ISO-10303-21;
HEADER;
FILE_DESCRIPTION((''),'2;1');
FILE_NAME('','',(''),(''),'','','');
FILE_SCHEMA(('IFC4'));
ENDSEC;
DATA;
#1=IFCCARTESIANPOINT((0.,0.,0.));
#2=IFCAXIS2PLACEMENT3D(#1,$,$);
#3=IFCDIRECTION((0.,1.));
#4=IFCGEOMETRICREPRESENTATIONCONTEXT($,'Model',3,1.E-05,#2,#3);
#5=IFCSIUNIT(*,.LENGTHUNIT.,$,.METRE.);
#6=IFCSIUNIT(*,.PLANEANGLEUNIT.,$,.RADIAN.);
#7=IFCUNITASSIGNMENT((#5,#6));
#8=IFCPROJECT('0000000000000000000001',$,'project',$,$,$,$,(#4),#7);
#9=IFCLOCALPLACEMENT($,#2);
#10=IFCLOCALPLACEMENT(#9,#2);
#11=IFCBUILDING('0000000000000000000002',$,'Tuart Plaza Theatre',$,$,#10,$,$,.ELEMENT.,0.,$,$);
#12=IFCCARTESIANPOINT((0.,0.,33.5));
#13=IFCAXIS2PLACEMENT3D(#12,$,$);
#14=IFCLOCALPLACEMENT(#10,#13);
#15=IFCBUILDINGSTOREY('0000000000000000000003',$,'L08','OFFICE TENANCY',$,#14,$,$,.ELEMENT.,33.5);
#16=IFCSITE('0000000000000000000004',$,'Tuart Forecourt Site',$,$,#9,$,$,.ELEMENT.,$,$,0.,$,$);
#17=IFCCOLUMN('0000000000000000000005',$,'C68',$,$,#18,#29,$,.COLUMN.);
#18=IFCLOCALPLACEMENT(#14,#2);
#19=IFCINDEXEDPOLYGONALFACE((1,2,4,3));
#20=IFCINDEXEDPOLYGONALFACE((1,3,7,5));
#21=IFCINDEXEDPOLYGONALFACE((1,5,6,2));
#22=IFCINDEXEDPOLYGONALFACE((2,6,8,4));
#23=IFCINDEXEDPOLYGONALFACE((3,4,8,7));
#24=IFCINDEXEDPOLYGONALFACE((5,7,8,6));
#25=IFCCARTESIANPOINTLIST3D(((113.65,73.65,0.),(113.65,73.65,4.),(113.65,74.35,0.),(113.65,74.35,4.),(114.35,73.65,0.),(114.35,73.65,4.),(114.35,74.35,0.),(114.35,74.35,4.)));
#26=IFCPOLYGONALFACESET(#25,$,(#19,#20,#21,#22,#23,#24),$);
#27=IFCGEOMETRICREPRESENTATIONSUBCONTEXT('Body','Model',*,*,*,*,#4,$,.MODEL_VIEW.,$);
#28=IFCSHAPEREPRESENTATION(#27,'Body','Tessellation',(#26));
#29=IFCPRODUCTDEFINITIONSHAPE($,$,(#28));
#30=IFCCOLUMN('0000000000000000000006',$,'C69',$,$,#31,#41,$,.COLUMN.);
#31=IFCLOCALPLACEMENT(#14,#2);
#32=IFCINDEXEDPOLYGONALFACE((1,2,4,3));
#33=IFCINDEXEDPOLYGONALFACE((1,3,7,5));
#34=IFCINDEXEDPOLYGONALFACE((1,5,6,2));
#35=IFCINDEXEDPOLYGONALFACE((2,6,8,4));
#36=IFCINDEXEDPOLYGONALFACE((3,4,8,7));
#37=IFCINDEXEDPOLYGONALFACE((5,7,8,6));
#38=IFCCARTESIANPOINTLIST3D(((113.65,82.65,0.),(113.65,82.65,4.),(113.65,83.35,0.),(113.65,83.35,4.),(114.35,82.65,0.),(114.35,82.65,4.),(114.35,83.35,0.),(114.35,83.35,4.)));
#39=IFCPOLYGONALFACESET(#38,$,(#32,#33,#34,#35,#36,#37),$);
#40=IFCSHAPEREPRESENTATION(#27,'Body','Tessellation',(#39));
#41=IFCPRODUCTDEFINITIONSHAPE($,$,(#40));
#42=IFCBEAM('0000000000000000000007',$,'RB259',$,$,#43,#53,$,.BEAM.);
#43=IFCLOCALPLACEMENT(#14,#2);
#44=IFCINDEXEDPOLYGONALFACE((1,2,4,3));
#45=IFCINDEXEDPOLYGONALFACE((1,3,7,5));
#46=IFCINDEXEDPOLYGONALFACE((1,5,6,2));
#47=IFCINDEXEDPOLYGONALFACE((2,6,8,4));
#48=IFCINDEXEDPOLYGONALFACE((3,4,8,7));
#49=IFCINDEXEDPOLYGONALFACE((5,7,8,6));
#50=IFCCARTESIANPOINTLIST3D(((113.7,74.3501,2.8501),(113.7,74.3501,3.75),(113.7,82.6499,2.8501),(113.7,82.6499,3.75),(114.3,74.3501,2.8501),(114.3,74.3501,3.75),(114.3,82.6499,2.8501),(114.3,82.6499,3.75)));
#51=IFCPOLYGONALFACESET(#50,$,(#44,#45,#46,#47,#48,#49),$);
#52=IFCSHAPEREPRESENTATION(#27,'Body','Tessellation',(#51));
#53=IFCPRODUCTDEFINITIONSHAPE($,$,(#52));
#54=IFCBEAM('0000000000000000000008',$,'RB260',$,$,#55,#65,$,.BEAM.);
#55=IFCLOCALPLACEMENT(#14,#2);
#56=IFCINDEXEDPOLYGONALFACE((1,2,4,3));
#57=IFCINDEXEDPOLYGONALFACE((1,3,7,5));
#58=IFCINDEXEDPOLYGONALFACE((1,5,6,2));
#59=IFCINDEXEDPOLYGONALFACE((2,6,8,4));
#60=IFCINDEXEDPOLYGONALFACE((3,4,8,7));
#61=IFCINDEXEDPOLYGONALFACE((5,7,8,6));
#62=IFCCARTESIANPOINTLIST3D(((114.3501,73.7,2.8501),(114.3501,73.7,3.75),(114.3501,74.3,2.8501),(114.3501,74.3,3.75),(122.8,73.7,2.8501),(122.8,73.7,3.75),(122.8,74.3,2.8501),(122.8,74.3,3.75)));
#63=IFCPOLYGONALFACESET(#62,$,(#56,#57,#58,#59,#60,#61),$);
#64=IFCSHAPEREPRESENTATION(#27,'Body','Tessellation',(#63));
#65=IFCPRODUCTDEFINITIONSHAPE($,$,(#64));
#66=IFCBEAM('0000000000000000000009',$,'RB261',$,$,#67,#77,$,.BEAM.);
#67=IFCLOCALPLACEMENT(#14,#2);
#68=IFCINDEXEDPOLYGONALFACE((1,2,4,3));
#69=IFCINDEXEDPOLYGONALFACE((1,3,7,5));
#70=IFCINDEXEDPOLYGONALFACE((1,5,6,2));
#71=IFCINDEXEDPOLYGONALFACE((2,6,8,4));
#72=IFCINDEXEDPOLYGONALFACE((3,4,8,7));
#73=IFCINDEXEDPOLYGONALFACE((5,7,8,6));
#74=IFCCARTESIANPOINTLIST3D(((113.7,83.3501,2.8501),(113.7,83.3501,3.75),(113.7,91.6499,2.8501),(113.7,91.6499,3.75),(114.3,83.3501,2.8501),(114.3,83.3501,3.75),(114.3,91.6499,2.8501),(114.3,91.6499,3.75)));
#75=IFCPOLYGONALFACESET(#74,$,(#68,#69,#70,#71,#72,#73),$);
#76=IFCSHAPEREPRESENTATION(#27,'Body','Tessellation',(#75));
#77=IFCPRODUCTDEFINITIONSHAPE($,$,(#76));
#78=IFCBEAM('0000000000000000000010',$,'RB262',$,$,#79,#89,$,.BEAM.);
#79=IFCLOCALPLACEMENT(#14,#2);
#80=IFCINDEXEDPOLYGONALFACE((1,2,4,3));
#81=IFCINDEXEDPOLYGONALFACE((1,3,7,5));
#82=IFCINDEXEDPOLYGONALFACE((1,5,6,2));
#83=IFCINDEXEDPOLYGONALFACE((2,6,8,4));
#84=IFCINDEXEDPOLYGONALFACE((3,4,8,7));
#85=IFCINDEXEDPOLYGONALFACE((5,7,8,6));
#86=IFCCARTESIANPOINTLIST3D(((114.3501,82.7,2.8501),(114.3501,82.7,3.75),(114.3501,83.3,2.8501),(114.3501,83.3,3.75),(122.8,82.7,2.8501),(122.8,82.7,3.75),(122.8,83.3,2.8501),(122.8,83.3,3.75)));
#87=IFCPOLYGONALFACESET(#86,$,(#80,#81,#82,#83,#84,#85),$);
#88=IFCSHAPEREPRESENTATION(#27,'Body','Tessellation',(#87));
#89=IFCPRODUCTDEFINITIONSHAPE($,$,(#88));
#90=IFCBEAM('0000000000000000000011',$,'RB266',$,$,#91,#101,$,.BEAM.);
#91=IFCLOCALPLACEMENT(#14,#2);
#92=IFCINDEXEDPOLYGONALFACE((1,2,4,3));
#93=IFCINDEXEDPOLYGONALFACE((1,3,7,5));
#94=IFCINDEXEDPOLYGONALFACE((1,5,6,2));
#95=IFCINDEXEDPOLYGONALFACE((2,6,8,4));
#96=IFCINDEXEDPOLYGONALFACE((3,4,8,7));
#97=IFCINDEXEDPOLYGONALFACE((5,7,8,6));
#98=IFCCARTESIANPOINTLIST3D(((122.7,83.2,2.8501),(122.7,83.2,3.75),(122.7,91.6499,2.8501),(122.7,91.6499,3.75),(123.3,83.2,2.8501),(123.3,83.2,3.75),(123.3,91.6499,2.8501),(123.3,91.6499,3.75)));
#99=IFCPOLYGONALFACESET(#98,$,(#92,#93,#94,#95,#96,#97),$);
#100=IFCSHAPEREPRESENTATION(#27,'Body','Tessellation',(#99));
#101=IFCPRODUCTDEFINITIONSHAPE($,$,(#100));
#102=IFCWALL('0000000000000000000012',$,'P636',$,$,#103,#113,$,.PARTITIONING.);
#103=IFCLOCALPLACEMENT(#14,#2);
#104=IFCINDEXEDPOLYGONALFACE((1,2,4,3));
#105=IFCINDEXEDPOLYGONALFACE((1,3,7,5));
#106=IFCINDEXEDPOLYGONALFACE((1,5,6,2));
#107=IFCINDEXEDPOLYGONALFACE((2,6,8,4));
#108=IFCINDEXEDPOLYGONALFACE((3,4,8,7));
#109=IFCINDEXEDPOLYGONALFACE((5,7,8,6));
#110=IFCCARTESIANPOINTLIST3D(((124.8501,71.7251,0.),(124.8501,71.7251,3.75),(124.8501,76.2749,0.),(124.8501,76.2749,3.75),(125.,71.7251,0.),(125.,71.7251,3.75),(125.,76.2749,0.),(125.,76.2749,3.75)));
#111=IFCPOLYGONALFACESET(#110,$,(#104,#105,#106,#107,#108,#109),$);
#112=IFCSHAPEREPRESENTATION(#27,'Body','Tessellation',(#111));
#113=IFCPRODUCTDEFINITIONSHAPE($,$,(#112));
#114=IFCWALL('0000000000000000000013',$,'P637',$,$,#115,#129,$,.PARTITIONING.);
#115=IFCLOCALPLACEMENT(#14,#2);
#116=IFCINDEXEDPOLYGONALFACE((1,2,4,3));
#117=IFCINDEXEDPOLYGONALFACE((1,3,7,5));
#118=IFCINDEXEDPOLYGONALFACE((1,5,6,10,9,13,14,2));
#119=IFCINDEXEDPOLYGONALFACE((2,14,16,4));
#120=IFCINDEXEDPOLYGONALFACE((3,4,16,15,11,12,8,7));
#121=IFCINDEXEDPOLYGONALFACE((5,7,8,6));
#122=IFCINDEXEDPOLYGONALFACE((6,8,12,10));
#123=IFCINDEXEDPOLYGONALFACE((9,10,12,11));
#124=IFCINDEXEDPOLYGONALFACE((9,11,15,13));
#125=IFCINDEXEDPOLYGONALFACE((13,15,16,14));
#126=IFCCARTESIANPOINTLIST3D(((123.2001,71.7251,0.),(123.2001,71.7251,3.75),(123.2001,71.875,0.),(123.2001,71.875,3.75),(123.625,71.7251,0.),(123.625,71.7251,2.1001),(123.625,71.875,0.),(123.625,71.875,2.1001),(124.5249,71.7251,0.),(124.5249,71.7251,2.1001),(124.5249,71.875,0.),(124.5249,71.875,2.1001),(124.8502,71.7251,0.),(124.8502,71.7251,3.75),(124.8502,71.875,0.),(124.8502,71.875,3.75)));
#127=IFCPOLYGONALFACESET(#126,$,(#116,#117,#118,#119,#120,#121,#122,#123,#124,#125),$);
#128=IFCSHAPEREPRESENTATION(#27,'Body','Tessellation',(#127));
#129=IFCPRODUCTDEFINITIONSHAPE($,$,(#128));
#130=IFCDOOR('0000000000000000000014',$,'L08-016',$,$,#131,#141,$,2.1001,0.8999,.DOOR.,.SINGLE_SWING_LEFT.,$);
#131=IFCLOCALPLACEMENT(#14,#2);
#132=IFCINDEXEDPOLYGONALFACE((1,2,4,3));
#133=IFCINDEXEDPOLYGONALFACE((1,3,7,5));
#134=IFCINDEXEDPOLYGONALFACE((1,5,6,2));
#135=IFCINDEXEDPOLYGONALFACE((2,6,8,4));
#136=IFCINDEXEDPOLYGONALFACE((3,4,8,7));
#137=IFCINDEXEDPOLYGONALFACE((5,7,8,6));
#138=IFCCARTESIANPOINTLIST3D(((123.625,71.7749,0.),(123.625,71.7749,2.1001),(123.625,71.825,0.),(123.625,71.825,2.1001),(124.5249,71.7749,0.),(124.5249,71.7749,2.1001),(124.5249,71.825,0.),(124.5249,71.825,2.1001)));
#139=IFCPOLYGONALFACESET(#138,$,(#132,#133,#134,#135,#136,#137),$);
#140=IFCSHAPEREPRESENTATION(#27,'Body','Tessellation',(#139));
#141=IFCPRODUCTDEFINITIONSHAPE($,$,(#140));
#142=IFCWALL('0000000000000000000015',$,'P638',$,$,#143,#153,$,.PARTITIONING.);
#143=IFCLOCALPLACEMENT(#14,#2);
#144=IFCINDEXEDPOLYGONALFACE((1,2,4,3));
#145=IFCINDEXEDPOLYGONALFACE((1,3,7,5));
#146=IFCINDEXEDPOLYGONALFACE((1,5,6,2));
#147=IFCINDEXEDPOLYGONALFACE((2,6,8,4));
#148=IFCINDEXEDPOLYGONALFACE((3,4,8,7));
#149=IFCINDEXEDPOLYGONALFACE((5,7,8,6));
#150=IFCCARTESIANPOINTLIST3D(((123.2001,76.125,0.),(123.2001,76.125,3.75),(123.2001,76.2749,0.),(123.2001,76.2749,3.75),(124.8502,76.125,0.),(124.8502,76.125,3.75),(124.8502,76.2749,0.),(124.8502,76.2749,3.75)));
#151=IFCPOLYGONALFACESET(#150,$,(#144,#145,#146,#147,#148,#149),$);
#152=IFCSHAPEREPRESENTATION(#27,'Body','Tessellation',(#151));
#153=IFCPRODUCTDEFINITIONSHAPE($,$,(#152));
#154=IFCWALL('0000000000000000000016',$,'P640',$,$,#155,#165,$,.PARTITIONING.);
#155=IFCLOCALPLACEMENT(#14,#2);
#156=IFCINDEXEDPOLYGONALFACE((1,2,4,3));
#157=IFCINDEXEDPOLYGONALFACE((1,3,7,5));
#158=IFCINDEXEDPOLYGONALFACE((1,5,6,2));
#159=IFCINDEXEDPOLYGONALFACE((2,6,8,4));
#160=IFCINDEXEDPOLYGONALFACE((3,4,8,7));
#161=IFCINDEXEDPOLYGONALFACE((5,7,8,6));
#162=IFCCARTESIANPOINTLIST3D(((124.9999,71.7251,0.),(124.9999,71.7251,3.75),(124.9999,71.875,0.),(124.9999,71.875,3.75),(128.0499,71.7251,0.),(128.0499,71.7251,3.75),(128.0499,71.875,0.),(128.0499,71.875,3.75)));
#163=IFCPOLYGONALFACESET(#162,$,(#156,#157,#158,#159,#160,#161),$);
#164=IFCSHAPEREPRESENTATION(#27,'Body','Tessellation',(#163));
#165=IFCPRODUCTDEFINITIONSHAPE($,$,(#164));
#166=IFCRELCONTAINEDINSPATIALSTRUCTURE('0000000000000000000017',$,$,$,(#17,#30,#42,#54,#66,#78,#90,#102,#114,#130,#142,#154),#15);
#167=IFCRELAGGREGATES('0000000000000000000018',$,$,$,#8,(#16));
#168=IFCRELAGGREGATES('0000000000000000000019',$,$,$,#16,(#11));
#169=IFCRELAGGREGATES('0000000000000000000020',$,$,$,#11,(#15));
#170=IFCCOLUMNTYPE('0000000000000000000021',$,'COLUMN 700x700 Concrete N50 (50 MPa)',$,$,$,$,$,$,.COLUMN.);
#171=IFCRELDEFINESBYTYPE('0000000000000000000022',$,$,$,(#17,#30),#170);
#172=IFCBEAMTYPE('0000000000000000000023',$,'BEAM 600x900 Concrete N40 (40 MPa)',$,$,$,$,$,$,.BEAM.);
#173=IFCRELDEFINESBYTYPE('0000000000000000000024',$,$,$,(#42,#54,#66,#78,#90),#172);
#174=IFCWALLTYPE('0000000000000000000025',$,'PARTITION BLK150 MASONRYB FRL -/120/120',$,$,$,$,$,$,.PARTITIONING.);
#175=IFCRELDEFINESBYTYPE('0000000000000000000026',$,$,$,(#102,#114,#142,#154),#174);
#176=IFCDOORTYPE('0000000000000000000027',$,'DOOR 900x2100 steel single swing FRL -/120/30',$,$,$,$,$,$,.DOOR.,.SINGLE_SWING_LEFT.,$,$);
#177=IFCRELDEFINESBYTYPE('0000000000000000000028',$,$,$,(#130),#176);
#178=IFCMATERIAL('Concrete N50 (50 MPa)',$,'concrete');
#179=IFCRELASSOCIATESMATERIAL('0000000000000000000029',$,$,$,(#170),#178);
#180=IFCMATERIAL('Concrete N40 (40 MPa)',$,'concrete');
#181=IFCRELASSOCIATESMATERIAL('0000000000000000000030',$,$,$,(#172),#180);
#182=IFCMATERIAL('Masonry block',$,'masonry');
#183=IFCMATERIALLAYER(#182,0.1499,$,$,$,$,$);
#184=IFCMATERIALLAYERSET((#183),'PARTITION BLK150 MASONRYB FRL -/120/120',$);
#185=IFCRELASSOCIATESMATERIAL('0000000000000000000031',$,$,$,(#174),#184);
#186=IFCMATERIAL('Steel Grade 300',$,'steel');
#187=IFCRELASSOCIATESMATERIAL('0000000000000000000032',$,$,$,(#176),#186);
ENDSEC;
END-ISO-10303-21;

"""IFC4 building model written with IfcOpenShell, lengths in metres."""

from ifc_helpers import new_model, si_unit, direction, frame, frame_2d, origin, origin_2d, place, context, subcontext, project, spatial, rectangle, extrude, material, layer, layer_set, material_profile, profile_set, type_object, element, fill, save


model = new_model("IFC4")

# Units and contexts
model_context = context("Model", 3, precision=1e-05, world=origin(), true_north=direction((0.0, 1.0)))
body_context = subcontext(model_context, "Body", "Model", "MODEL_VIEW")
ifc_project = project(units=[si_unit("LENGTHUNIT", "METRE"), si_unit("PLANEANGLEUNIT", "RADIAN")], contexts=[model_context])

# Site, building, storey
site_placement = place(None, origin())
site = spatial("IfcSite", under=ifc_project, at=site_placement, Name="Tuart Forecourt Site", CompositionType="ELEMENT", RefElevation=0.0)
building_placement = place(site_placement, origin())
building = spatial("IfcBuilding", under=site, at=building_placement, Name="Tuart Plaza Theatre", CompositionType="ELEMENT", ElevationOfRefHeight=0.0)
storey_placement = place(building_placement, frame((0.0, 0.0, 33.5)))
storey = spatial("IfcBuildingStorey", under=building, at=storey_placement, Name="L08", Description="OFFICE TENANCY", CompositionType="ELEMENT", Elevation=33.5)

# Columns
ifc_material_1 = material(Name="Concrete N50 (50 MPa)", Category="concrete")
ifc_material_profile_1 = material_profile(ifc_material_1, rectangle(XDim=0.7, YDim=0.7, at=origin_2d()), Name="COLUMN 700x700 Concrete N50 (50 MPa)")
ifc_profile_set_1 = profile_set([ifc_material_profile_1], Name="Concrete N50 (50 MPa)")
column_type = type_object("IfcColumnType", Name="COLUMN 700x700 Concrete N50 (50 MPa)", PredefinedType="COLUMN", material=ifc_profile_set_1)
for number, where, z_axis, x_axis, name in (
    (1, (114.0, 74.0, 0.0), (0.0, 0.0, 1.0), (1.0, 0.0, 0.0), "C68"),
    (2, (114.0, 83.0, 0.0), (0.0, 0.0, 1.0), (1.0, 0.0, 0.0), "C69"),
):
    element("IfcColumn", number, at=place(storey_placement, frame(where, z_axis=z_axis, x_axis=x_axis)), inside=storey, type_object=column_type, Name=name, PredefinedType="COLUMN", context=body_context, shape_type="SweptSolid", body=[
        extrude(rectangle(XDim=0.7, YDim=0.7, at=origin_2d()), origin(), (0.0, 0.0, 1.0), 4.0),
    ])

# Beams
ifc_material_2 = material(Name="Concrete N40 (40 MPa)", Category="concrete")
ifc_material_profile_2 = material_profile(ifc_material_2, rectangle(XDim=0.6001, YDim=0.8999, at=origin_2d()), Name="BEAM 600x900 Concrete N40 (40 MPa)")
ifc_profile_set_2 = profile_set([ifc_material_profile_2], Name="Concrete N40 (40 MPa)")
beam_type = type_object("IfcBeamType", Name="BEAM 600x900 Concrete N40 (40 MPa)", PredefinedType="BEAM", material=ifc_profile_set_2)
beam_1_placement = place(storey_placement, frame((114.0, 74.3501, 3.3), z_axis=(0.0, 1.0, 0.0), x_axis=(-1.0, 0.0, 0.0)))
element("IfcBeam", 3, at=beam_1_placement, inside=storey, type_object=beam_type, Name="RB259", PredefinedType="BEAM", context=body_context, shape_type="SweptSolid", body=[
    extrude(rectangle(XDim=0.6001, YDim=0.8999, at=origin_2d()), origin(), (0.0, 0.0, 1.0), 8.2998),
])
beam_2_placement = place(storey_placement, frame((114.3501, 74.0, 3.3), z_axis=(1.0, 0.0, 0.0), x_axis=(0.0, 1.0, 0.0)))
element("IfcBeam", 4, at=beam_2_placement, inside=storey, type_object=beam_type, Name="RB260", PredefinedType="BEAM", context=body_context, shape_type="SweptSolid", body=[
    extrude(rectangle(XDim=0.6001, YDim=0.8999, at=origin_2d()), origin(), (0.0, 0.0, 1.0), 8.45),
])
beam_3_placement = place(storey_placement, frame((114.0, 83.3501, 3.3), z_axis=(0.0, 1.0, 0.0), x_axis=(-1.0, 0.0, 0.0)))
element("IfcBeam", 5, at=beam_3_placement, inside=storey, type_object=beam_type, Name="RB261", PredefinedType="BEAM", context=body_context, shape_type="SweptSolid", body=[
    extrude(rectangle(XDim=0.6001, YDim=0.8999, at=origin_2d()), origin(), (0.0, 0.0, 1.0), 8.2998),
])
for number, where, z_axis, x_axis, name in (
    (6, (114.3501, 83.0, 3.3), (1.0, 0.0, 0.0), (0.0, 1.0, 0.0), "RB262"),
    (7, (123.0, 83.2, 3.3), (0.0, 1.0, 0.0), (-1.0, 0.0, 0.0), "RB266"),
):
    element("IfcBeam", number, at=place(storey_placement, frame(where, z_axis=z_axis, x_axis=x_axis)), inside=storey, type_object=beam_type, Name=name, PredefinedType="BEAM", context=body_context, shape_type="SweptSolid", body=[
        extrude(rectangle(XDim=0.6001, YDim=0.8999, at=origin_2d()), origin(), (0.0, 0.0, 1.0), 8.45),
    ])

# Wall
ifc_material_3 = material(Name="Masonry block", Category="masonry")
ifc_layer_1 = layer(ifc_material_3, 0.1499)
ifc_layer_set_1 = layer_set([ifc_layer_1], Name="PARTITION BLK150 MASONRYB FRL -/120/120")
wall_type_1 = type_object("IfcWallType", Name="PARTITION BLK150 MASONRYB FRL -/120/120", PredefinedType="PARTITIONING", material=ifc_layer_set_1)
wall_1_placement = place(storey_placement, frame((124.925, 71.7251, 0.0), z_axis=(0.0, 0.0, 1.0), x_axis=(0.0, 1.0, 0.0)))
element("IfcWall", 8, at=wall_1_placement, inside=storey, type_object=wall_type_1, Name="P636", PredefinedType="PARTITIONING", context=body_context, shape_type="SweptSolid", body=[
    extrude(rectangle(XDim=4.5498, YDim=0.1499, at=frame_2d((2.2749, 0.0))), origin(), (0.0, 0.0, 1.0), 3.75),
])

# Wall, opening, door
wall_2_placement = place(storey_placement, frame((123.2, 71.8, 0.0), z_axis=(0.0, 0.0, 1.0), x_axis=(1.0, 0.0, 0.0)))
wall_2 = element("IfcWall", 9, at=wall_2_placement, inside=storey, type_object=wall_type_1, Name="P637", PredefinedType="PARTITIONING", context=body_context, shape_type="SweptSolid", body=[
    extrude(rectangle(XDim=1.6501, YDim=0.1499, at=frame_2d((0.8252, 0.0))), origin(), (0.0, 0.0, 1.0), 3.75),
])
opening_1_placement = place(wall_2_placement, frame((0.425, 0.0, 0.0)))
opening_1 = element("IfcOpeningElement", 10, at=opening_1_placement, cuts=wall_2, PredefinedType="OPENING", context=body_context, shape_type="SweptSolid", body=[
    extrude(rectangle(XDim=0.8999, YDim=2.1001, at=frame_2d((0.45, 1.05))), frame((0.0, 0.085, 0.0), z_axis=(0.0, -1.0, 0.0), x_axis=(1.0, 0.0, 0.0)), (0.0, 0.0, 1.0), 0.1699),
])
ifc_material_4 = material(Name="Steel Grade 300", Category="steel")
door_type_1 = type_object("IfcDoorType", Name="DOOR 900x2100 steel single swing FRL -/120/30", OperationType="SINGLE_SWING_LEFT", PredefinedType="DOOR", material=ifc_material_4)
door_1_placement = place(opening_1_placement, origin())
door_1 = element("IfcDoor", 11, at=door_1_placement, inside=storey, type_object=door_type_1, Name="L08-016", OperationType="SINGLE_SWING_LEFT", OverallHeight=2.1001, OverallWidth=0.8999, PredefinedType="DOOR", context=body_context, shape_type="SweptSolid", body=[
    extrude(rectangle(XDim=0.8999, YDim=2.1001, at=frame_2d((0.45, 1.05))), frame((0.0, 0.0249, 0.0), z_axis=(0.0, -1.0, 0.0), x_axis=(1.0, 0.0, 0.0)), (0.0, 0.0, 1.0), 0.05),
])
fill(opening_1, door_1)

# Walls
wall_3_placement = place(storey_placement, frame((123.2, 76.2, 0.0), z_axis=(0.0, 0.0, 1.0), x_axis=(1.0, 0.0, 0.0)))
element("IfcWall", 12, at=wall_3_placement, inside=storey, type_object=wall_type_1, Name="P638", PredefinedType="PARTITIONING", context=body_context, shape_type="SweptSolid", body=[
    extrude(rectangle(XDim=1.6501, YDim=0.1499, at=frame_2d((0.8252, 0.0))), origin(), (0.0, 0.0, 1.0), 3.75),
])
wall_4_placement = place(storey_placement, frame((125.0, 71.8, 0.0), z_axis=(0.0, 0.0, 1.0), x_axis=(1.0, 0.0, 0.0)))
element("IfcWall", 13, at=wall_4_placement, inside=storey, type_object=wall_type_1, Name="P640", PredefinedType="PARTITIONING", context=body_context, shape_type="SweptSolid", body=[
    extrude(rectangle(XDim=3.05, YDim=0.1499, at=frame_2d((1.5249, 0.0))), origin(), (0.0, 0.0, 1.0), 3.75),
])

save(model, "model.ifc")
